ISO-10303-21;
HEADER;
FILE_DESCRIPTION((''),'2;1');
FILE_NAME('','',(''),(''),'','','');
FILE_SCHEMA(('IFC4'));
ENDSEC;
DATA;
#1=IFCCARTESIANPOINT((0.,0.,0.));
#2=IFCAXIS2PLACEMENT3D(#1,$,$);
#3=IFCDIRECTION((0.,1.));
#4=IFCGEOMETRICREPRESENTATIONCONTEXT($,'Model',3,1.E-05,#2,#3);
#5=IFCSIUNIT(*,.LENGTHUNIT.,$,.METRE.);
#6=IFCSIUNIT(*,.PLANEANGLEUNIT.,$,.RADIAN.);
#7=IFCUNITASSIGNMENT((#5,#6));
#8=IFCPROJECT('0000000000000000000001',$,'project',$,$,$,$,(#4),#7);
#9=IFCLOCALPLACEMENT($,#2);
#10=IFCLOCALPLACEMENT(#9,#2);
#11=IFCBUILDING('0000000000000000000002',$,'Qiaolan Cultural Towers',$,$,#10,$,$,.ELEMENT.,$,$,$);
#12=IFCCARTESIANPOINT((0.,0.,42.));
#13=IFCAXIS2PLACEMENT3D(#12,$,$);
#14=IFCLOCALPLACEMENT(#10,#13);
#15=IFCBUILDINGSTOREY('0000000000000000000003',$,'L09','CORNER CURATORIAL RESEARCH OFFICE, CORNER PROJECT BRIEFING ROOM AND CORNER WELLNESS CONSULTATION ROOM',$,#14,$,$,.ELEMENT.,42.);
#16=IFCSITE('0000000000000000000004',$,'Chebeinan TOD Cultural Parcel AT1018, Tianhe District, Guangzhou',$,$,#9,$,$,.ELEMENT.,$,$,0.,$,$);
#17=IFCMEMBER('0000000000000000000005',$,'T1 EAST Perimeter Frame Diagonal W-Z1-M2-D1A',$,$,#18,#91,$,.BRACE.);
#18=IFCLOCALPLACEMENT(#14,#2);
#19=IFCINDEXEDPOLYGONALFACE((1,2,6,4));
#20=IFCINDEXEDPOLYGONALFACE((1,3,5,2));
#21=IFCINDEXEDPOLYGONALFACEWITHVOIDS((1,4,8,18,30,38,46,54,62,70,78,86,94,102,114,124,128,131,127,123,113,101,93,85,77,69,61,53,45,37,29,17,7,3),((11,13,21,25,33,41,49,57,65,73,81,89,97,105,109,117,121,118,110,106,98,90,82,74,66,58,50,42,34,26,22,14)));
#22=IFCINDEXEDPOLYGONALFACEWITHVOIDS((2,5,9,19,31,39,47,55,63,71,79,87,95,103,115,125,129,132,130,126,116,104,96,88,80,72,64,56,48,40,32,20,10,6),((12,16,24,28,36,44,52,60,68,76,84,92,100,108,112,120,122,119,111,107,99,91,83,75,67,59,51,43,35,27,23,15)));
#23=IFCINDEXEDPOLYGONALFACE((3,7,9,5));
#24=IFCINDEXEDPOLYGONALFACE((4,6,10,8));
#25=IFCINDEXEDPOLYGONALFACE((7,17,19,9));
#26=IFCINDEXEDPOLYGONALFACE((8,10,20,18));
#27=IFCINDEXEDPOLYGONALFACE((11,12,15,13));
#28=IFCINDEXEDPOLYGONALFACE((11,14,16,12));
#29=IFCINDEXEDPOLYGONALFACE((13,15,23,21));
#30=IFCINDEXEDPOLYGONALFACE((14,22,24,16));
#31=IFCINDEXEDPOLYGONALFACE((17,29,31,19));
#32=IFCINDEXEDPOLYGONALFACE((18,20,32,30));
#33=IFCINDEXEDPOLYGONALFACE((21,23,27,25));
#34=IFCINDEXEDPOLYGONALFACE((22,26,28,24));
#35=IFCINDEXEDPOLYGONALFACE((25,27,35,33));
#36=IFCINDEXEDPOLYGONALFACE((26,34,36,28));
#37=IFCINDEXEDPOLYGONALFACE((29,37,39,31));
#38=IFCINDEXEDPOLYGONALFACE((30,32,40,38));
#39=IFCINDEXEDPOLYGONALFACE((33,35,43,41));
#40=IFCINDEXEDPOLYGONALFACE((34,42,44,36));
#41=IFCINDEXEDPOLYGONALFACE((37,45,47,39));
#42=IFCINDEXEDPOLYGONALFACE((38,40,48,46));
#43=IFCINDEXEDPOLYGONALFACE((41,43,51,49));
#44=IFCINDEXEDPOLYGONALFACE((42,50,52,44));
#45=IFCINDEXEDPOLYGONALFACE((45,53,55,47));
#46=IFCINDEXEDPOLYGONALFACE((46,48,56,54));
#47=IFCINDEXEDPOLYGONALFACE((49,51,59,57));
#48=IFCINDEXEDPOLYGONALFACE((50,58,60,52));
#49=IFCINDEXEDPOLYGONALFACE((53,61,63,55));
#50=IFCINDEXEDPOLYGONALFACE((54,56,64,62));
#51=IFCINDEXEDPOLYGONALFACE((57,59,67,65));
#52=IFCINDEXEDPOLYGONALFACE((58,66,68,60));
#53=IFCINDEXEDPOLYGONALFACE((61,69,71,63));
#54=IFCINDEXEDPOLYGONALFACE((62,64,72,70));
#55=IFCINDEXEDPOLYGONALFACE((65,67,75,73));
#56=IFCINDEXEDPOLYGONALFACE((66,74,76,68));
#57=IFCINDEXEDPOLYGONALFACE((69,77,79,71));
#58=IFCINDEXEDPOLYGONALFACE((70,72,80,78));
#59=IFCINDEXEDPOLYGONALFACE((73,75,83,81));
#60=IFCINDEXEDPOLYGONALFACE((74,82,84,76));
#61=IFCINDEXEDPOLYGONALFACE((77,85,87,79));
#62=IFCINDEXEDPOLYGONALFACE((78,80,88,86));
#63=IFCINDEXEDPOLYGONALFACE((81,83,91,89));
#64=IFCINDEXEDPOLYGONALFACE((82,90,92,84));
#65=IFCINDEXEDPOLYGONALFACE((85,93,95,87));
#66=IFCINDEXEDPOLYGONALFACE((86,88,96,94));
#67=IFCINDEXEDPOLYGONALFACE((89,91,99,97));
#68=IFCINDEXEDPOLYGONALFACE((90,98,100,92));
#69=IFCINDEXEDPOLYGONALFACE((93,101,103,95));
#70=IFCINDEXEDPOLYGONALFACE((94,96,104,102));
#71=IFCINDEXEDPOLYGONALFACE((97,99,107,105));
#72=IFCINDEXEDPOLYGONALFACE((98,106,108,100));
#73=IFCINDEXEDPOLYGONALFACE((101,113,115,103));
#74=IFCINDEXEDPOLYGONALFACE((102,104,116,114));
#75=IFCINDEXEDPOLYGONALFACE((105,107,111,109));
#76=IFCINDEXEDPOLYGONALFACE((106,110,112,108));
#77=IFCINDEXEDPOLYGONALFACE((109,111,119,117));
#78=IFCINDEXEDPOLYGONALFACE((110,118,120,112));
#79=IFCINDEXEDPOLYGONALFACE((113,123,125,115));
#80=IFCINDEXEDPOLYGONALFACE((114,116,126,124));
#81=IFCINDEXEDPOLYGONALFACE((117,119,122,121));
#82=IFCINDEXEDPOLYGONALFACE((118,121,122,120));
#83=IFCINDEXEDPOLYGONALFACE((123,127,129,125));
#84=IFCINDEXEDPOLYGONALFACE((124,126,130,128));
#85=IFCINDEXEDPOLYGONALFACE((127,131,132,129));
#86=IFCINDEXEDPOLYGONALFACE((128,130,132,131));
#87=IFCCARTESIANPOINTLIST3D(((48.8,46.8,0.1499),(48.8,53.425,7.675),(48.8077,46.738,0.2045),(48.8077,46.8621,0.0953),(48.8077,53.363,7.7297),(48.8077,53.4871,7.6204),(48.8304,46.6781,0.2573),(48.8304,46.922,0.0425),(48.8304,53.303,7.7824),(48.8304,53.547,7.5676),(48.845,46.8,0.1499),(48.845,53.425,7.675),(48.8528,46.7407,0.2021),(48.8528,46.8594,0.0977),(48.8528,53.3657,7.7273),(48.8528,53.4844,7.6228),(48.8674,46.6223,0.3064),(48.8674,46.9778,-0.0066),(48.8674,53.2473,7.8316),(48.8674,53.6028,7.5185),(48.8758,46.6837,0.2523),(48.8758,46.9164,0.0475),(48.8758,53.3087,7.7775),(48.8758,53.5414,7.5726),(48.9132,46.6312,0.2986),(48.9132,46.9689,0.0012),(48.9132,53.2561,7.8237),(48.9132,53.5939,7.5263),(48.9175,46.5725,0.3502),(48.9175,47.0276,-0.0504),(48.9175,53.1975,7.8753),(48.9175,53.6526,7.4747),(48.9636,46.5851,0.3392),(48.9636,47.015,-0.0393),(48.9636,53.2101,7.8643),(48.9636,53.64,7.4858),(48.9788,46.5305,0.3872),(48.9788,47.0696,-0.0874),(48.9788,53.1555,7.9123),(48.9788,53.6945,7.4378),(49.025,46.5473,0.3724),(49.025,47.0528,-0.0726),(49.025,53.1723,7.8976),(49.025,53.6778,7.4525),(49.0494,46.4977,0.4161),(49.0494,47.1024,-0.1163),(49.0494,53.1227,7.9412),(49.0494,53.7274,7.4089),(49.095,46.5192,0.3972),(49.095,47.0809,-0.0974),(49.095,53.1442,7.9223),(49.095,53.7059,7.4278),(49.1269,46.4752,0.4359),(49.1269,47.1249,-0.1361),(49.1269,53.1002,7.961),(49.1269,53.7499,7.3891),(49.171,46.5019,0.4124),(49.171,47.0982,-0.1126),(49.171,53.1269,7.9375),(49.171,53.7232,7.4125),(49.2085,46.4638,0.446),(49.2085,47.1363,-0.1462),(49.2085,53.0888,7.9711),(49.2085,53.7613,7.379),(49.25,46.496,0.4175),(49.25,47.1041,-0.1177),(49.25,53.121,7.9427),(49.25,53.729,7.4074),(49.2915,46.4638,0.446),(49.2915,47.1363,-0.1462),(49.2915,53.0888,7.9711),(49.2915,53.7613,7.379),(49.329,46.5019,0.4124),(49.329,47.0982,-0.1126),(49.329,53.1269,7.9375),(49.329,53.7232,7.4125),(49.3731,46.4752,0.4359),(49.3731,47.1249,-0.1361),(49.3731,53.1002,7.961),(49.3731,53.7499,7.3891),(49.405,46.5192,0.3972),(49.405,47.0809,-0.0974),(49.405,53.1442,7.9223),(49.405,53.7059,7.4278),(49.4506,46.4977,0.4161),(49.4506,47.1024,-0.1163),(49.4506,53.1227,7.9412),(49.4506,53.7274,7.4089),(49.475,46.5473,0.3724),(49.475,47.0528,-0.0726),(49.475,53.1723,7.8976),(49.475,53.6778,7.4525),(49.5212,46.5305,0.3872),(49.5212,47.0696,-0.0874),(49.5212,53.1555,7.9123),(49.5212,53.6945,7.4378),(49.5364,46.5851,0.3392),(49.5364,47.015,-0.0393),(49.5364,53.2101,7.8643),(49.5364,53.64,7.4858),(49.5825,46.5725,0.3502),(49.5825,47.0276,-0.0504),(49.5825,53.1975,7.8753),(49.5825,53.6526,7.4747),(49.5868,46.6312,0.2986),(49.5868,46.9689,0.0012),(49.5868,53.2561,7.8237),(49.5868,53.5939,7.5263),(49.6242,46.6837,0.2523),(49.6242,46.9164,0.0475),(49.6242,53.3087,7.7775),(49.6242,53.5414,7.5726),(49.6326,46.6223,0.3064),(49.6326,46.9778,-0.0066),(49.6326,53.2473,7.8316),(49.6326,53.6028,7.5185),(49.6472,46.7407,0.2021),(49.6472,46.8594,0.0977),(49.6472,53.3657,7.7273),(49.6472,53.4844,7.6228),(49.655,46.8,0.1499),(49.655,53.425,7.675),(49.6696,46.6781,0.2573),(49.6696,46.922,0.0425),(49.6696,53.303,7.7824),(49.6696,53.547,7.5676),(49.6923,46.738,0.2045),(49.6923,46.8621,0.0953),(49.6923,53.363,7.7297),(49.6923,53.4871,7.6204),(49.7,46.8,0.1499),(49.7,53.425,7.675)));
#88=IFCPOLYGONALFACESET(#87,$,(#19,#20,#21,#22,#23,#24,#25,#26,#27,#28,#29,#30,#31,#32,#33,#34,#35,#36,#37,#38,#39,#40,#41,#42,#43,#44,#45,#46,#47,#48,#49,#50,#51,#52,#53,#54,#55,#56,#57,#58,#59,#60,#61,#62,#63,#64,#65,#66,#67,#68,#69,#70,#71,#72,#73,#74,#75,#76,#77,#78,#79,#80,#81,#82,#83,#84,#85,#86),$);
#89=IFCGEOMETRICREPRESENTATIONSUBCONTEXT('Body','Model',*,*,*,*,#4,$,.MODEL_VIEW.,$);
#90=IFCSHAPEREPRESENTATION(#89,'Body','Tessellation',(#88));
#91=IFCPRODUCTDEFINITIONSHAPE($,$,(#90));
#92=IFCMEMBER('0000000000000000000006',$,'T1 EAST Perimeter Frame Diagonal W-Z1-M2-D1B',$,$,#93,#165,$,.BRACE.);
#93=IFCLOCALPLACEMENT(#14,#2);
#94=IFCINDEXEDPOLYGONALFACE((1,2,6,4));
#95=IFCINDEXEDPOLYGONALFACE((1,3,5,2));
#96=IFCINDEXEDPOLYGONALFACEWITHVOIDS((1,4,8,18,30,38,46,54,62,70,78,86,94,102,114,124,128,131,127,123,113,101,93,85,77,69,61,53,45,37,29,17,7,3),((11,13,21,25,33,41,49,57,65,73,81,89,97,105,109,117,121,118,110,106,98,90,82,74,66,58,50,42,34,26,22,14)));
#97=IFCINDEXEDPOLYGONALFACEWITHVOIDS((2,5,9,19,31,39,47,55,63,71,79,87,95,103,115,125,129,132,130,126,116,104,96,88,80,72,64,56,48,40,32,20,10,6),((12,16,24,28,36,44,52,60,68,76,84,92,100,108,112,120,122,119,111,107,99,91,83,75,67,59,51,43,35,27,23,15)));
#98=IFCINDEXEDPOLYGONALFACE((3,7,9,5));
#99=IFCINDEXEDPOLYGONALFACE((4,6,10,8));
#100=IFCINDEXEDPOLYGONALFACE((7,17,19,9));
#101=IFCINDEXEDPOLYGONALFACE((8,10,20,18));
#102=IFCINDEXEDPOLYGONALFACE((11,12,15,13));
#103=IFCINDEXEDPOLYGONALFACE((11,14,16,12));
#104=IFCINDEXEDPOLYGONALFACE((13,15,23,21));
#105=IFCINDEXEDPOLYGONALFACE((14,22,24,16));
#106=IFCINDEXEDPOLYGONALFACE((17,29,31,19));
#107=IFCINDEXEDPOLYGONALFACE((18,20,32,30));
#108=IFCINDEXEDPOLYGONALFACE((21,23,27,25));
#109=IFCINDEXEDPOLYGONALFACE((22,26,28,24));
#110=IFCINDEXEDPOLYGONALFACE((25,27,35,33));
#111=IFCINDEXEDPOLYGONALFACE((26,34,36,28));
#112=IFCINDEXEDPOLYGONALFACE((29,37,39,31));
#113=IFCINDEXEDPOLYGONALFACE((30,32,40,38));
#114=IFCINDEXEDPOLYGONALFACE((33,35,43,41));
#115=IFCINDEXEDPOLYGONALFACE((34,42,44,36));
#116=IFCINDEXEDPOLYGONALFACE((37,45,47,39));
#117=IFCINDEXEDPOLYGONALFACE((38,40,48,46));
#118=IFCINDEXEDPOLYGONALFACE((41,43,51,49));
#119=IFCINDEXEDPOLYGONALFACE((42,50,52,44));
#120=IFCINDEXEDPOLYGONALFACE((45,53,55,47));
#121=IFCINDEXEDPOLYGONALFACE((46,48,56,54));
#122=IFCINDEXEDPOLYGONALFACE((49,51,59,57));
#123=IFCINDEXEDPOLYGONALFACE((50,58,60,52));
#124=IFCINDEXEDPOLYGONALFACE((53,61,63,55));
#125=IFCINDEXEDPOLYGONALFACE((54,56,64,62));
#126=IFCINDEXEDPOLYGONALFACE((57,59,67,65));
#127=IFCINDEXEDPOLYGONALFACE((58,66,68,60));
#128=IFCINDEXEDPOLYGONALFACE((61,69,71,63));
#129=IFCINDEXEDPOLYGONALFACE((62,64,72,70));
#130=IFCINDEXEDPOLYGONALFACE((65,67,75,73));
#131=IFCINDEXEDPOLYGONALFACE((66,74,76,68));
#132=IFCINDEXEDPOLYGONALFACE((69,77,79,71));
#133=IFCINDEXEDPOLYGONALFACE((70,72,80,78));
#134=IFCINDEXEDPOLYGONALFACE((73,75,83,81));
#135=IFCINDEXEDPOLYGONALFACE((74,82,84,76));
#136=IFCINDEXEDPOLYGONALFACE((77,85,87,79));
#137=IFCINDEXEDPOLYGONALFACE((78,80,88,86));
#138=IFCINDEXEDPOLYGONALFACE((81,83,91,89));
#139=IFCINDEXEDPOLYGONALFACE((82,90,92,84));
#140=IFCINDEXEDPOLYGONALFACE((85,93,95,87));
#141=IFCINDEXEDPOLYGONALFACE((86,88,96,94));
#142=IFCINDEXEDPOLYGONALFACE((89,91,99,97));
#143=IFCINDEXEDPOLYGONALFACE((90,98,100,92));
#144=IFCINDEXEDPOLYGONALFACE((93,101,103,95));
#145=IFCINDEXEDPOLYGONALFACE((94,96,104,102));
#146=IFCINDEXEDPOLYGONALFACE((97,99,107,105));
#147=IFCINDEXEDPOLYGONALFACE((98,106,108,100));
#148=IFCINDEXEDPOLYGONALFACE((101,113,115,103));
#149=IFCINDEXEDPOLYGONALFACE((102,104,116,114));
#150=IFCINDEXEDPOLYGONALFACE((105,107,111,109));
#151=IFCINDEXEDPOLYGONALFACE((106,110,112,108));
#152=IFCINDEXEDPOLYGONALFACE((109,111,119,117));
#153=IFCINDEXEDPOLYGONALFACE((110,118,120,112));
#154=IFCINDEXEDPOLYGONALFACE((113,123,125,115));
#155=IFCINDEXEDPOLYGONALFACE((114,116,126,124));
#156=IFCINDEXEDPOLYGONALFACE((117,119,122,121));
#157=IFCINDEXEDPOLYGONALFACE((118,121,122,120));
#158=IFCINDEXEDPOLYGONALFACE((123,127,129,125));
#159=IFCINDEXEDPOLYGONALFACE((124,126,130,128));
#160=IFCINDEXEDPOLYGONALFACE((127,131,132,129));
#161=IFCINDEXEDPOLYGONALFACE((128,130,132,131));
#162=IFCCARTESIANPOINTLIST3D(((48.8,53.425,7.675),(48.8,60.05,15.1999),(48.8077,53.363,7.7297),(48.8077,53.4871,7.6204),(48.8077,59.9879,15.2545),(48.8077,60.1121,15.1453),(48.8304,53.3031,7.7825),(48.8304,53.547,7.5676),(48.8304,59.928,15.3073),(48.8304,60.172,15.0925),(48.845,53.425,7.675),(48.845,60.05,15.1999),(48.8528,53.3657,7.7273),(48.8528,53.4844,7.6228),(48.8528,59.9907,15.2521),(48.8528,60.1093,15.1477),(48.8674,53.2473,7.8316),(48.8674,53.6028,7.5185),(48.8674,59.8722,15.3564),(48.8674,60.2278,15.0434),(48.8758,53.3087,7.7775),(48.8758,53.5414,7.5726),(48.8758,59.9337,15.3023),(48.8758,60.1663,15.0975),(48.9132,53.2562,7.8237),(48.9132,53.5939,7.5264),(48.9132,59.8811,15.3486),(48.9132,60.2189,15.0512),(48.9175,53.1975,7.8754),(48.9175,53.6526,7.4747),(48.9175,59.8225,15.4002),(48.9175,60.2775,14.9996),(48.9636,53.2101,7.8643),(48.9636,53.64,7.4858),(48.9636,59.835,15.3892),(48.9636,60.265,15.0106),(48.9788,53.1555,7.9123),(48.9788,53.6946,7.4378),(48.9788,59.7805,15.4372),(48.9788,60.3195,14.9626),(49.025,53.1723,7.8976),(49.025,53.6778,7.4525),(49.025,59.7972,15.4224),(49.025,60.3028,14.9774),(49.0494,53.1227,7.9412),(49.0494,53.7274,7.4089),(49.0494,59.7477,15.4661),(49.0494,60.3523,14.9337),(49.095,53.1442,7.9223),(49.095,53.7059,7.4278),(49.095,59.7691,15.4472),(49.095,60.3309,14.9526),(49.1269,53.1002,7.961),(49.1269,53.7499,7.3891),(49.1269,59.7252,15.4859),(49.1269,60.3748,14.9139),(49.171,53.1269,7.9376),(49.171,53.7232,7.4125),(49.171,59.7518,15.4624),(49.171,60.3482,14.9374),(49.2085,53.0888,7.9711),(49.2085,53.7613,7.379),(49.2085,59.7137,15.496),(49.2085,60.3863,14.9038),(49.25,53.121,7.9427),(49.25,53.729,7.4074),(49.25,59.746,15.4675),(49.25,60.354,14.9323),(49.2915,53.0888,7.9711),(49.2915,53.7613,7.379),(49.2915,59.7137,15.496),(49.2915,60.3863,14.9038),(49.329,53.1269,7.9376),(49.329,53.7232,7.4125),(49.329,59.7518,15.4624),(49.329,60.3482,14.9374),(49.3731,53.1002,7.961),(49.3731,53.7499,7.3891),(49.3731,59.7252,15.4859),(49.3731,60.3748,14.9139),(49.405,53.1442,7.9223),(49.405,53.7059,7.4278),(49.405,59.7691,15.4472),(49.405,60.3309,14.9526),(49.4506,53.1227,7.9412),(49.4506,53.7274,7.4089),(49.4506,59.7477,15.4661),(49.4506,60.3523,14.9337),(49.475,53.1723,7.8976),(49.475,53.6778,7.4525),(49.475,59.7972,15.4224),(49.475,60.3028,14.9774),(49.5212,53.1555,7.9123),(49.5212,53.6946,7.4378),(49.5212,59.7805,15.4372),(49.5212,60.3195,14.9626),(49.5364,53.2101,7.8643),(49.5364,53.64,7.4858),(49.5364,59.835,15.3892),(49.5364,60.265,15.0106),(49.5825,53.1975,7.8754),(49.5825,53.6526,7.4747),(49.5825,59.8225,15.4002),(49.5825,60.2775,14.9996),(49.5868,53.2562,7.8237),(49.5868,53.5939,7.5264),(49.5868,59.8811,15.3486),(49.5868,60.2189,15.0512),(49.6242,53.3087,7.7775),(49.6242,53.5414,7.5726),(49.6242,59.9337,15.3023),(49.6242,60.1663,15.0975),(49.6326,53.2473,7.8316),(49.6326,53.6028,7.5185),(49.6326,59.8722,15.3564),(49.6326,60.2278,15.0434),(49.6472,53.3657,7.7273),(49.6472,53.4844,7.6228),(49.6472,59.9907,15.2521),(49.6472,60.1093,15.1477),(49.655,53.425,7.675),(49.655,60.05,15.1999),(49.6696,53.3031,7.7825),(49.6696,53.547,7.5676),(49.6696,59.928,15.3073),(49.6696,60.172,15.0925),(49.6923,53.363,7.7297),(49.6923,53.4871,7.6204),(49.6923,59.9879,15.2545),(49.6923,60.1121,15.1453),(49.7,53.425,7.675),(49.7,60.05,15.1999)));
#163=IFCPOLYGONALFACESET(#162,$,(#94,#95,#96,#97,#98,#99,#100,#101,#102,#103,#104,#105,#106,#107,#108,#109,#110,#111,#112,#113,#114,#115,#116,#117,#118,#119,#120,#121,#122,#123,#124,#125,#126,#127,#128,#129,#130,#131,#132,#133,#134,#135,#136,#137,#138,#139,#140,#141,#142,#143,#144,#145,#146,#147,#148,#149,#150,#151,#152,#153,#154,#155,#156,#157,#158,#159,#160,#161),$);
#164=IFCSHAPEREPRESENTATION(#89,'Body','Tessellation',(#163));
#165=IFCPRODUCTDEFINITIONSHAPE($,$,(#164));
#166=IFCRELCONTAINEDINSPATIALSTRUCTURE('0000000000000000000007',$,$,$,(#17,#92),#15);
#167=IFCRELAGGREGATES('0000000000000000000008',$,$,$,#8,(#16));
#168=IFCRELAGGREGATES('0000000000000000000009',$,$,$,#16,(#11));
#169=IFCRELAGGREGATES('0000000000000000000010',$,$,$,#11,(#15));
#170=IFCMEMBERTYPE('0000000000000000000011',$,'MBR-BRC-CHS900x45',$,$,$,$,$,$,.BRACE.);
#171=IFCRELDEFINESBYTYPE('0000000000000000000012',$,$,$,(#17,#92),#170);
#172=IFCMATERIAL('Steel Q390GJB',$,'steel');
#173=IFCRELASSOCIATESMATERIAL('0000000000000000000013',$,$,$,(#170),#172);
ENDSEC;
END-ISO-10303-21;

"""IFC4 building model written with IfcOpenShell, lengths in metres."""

from ifc_helpers import new_model, si_unit, direction, frame, origin, origin_2d, place, context, subcontext, project, spatial, hollow_circle, extrude, material, material_profile, profile_set, type_object, element, save


model = new_model("IFC4")

# Units and contexts
model_context = context("Model", 3, precision=1e-05, world=origin(), true_north=direction((0.0, 1.0)))
body_context = subcontext(model_context, "Body", "Model", "MODEL_VIEW")
ifc_project = project(units=[si_unit("LENGTHUNIT", "METRE"), si_unit("PLANEANGLEUNIT", "RADIAN")], contexts=[model_context])

# Site, building, storey
site_placement = place(None, origin())
site = spatial("IfcSite", under=ifc_project, at=site_placement, Name="Chebeinan TOD Cultural Parcel AT1018, Tianhe District, Guangzhou", CompositionType="ELEMENT", RefElevation=0.0)
building_placement = place(site_placement, origin())
building = spatial("IfcBuilding", under=site, at=building_placement, Name="Qiaolan Cultural Towers", CompositionType="ELEMENT")
storey_placement = place(building_placement, frame((0.0, 0.0, 42.0)))
storey = spatial("IfcBuildingStorey", under=building, at=storey_placement, Name="L09", Description="CORNER CURATORIAL RESEARCH OFFICE, CORNER PROJECT BRIEFING ROOM AND CORNER WELLNESS CONSULTATION ROOM", CompositionType="ELEMENT", Elevation=42.0)

# Members
ifc_material_1 = material(Name="Steel Q390GJB", Category="steel")
ifc_material_profile_1 = material_profile(ifc_material_1, hollow_circle(Radius=0.45, WallThickness=0.0449, at=origin_2d()), Name="CHS900x45")
ifc_profile_set_1 = profile_set([ifc_material_profile_1], Name="Steel Q390GJB")
member_type_1 = type_object("IfcMemberType", Name="MBR-BRC-CHS900x45", PredefinedType="BRACE", material=ifc_profile_set_1)
member_1_placement = place(storey_placement, frame((49.25, 46.8, 0.1499), z_axis=(0.0, 0.660789, 0.750571), x_axis=(-1.0, 0.0, 0.0)))
element("IfcMember", 1, at=member_1_placement, inside=storey, type_object=member_type_1, Name="T1 EAST Perimeter Frame Diagonal W-Z1-M2-D1A", PredefinedType="BRACE", context=body_context, shape_type="SweptSolid", body=[
    extrude(hollow_circle(Radius=0.45, WallThickness=0.0449, at=origin_2d()), origin(), (0.0, 0.0, 1.0), 10.0259),
])
member_2_placement = place(storey_placement, frame((49.25, 53.425, 7.675), z_axis=(0.0, 0.660801, 0.750561), x_axis=(-1.0, 0.0, 0.0)))
element("IfcMember", 2, at=member_2_placement, inside=storey, type_object=member_type_1, Name="T1 EAST Perimeter Frame Diagonal W-Z1-M2-D1B", PredefinedType="BRACE", context=body_context, shape_type="SweptSolid", body=[
    extrude(hollow_circle(Radius=0.45, WallThickness=0.0449, at=origin_2d()), origin(), (0.0, 0.0, 1.0), 10.0256),
])

save(model, "model.ifc")
